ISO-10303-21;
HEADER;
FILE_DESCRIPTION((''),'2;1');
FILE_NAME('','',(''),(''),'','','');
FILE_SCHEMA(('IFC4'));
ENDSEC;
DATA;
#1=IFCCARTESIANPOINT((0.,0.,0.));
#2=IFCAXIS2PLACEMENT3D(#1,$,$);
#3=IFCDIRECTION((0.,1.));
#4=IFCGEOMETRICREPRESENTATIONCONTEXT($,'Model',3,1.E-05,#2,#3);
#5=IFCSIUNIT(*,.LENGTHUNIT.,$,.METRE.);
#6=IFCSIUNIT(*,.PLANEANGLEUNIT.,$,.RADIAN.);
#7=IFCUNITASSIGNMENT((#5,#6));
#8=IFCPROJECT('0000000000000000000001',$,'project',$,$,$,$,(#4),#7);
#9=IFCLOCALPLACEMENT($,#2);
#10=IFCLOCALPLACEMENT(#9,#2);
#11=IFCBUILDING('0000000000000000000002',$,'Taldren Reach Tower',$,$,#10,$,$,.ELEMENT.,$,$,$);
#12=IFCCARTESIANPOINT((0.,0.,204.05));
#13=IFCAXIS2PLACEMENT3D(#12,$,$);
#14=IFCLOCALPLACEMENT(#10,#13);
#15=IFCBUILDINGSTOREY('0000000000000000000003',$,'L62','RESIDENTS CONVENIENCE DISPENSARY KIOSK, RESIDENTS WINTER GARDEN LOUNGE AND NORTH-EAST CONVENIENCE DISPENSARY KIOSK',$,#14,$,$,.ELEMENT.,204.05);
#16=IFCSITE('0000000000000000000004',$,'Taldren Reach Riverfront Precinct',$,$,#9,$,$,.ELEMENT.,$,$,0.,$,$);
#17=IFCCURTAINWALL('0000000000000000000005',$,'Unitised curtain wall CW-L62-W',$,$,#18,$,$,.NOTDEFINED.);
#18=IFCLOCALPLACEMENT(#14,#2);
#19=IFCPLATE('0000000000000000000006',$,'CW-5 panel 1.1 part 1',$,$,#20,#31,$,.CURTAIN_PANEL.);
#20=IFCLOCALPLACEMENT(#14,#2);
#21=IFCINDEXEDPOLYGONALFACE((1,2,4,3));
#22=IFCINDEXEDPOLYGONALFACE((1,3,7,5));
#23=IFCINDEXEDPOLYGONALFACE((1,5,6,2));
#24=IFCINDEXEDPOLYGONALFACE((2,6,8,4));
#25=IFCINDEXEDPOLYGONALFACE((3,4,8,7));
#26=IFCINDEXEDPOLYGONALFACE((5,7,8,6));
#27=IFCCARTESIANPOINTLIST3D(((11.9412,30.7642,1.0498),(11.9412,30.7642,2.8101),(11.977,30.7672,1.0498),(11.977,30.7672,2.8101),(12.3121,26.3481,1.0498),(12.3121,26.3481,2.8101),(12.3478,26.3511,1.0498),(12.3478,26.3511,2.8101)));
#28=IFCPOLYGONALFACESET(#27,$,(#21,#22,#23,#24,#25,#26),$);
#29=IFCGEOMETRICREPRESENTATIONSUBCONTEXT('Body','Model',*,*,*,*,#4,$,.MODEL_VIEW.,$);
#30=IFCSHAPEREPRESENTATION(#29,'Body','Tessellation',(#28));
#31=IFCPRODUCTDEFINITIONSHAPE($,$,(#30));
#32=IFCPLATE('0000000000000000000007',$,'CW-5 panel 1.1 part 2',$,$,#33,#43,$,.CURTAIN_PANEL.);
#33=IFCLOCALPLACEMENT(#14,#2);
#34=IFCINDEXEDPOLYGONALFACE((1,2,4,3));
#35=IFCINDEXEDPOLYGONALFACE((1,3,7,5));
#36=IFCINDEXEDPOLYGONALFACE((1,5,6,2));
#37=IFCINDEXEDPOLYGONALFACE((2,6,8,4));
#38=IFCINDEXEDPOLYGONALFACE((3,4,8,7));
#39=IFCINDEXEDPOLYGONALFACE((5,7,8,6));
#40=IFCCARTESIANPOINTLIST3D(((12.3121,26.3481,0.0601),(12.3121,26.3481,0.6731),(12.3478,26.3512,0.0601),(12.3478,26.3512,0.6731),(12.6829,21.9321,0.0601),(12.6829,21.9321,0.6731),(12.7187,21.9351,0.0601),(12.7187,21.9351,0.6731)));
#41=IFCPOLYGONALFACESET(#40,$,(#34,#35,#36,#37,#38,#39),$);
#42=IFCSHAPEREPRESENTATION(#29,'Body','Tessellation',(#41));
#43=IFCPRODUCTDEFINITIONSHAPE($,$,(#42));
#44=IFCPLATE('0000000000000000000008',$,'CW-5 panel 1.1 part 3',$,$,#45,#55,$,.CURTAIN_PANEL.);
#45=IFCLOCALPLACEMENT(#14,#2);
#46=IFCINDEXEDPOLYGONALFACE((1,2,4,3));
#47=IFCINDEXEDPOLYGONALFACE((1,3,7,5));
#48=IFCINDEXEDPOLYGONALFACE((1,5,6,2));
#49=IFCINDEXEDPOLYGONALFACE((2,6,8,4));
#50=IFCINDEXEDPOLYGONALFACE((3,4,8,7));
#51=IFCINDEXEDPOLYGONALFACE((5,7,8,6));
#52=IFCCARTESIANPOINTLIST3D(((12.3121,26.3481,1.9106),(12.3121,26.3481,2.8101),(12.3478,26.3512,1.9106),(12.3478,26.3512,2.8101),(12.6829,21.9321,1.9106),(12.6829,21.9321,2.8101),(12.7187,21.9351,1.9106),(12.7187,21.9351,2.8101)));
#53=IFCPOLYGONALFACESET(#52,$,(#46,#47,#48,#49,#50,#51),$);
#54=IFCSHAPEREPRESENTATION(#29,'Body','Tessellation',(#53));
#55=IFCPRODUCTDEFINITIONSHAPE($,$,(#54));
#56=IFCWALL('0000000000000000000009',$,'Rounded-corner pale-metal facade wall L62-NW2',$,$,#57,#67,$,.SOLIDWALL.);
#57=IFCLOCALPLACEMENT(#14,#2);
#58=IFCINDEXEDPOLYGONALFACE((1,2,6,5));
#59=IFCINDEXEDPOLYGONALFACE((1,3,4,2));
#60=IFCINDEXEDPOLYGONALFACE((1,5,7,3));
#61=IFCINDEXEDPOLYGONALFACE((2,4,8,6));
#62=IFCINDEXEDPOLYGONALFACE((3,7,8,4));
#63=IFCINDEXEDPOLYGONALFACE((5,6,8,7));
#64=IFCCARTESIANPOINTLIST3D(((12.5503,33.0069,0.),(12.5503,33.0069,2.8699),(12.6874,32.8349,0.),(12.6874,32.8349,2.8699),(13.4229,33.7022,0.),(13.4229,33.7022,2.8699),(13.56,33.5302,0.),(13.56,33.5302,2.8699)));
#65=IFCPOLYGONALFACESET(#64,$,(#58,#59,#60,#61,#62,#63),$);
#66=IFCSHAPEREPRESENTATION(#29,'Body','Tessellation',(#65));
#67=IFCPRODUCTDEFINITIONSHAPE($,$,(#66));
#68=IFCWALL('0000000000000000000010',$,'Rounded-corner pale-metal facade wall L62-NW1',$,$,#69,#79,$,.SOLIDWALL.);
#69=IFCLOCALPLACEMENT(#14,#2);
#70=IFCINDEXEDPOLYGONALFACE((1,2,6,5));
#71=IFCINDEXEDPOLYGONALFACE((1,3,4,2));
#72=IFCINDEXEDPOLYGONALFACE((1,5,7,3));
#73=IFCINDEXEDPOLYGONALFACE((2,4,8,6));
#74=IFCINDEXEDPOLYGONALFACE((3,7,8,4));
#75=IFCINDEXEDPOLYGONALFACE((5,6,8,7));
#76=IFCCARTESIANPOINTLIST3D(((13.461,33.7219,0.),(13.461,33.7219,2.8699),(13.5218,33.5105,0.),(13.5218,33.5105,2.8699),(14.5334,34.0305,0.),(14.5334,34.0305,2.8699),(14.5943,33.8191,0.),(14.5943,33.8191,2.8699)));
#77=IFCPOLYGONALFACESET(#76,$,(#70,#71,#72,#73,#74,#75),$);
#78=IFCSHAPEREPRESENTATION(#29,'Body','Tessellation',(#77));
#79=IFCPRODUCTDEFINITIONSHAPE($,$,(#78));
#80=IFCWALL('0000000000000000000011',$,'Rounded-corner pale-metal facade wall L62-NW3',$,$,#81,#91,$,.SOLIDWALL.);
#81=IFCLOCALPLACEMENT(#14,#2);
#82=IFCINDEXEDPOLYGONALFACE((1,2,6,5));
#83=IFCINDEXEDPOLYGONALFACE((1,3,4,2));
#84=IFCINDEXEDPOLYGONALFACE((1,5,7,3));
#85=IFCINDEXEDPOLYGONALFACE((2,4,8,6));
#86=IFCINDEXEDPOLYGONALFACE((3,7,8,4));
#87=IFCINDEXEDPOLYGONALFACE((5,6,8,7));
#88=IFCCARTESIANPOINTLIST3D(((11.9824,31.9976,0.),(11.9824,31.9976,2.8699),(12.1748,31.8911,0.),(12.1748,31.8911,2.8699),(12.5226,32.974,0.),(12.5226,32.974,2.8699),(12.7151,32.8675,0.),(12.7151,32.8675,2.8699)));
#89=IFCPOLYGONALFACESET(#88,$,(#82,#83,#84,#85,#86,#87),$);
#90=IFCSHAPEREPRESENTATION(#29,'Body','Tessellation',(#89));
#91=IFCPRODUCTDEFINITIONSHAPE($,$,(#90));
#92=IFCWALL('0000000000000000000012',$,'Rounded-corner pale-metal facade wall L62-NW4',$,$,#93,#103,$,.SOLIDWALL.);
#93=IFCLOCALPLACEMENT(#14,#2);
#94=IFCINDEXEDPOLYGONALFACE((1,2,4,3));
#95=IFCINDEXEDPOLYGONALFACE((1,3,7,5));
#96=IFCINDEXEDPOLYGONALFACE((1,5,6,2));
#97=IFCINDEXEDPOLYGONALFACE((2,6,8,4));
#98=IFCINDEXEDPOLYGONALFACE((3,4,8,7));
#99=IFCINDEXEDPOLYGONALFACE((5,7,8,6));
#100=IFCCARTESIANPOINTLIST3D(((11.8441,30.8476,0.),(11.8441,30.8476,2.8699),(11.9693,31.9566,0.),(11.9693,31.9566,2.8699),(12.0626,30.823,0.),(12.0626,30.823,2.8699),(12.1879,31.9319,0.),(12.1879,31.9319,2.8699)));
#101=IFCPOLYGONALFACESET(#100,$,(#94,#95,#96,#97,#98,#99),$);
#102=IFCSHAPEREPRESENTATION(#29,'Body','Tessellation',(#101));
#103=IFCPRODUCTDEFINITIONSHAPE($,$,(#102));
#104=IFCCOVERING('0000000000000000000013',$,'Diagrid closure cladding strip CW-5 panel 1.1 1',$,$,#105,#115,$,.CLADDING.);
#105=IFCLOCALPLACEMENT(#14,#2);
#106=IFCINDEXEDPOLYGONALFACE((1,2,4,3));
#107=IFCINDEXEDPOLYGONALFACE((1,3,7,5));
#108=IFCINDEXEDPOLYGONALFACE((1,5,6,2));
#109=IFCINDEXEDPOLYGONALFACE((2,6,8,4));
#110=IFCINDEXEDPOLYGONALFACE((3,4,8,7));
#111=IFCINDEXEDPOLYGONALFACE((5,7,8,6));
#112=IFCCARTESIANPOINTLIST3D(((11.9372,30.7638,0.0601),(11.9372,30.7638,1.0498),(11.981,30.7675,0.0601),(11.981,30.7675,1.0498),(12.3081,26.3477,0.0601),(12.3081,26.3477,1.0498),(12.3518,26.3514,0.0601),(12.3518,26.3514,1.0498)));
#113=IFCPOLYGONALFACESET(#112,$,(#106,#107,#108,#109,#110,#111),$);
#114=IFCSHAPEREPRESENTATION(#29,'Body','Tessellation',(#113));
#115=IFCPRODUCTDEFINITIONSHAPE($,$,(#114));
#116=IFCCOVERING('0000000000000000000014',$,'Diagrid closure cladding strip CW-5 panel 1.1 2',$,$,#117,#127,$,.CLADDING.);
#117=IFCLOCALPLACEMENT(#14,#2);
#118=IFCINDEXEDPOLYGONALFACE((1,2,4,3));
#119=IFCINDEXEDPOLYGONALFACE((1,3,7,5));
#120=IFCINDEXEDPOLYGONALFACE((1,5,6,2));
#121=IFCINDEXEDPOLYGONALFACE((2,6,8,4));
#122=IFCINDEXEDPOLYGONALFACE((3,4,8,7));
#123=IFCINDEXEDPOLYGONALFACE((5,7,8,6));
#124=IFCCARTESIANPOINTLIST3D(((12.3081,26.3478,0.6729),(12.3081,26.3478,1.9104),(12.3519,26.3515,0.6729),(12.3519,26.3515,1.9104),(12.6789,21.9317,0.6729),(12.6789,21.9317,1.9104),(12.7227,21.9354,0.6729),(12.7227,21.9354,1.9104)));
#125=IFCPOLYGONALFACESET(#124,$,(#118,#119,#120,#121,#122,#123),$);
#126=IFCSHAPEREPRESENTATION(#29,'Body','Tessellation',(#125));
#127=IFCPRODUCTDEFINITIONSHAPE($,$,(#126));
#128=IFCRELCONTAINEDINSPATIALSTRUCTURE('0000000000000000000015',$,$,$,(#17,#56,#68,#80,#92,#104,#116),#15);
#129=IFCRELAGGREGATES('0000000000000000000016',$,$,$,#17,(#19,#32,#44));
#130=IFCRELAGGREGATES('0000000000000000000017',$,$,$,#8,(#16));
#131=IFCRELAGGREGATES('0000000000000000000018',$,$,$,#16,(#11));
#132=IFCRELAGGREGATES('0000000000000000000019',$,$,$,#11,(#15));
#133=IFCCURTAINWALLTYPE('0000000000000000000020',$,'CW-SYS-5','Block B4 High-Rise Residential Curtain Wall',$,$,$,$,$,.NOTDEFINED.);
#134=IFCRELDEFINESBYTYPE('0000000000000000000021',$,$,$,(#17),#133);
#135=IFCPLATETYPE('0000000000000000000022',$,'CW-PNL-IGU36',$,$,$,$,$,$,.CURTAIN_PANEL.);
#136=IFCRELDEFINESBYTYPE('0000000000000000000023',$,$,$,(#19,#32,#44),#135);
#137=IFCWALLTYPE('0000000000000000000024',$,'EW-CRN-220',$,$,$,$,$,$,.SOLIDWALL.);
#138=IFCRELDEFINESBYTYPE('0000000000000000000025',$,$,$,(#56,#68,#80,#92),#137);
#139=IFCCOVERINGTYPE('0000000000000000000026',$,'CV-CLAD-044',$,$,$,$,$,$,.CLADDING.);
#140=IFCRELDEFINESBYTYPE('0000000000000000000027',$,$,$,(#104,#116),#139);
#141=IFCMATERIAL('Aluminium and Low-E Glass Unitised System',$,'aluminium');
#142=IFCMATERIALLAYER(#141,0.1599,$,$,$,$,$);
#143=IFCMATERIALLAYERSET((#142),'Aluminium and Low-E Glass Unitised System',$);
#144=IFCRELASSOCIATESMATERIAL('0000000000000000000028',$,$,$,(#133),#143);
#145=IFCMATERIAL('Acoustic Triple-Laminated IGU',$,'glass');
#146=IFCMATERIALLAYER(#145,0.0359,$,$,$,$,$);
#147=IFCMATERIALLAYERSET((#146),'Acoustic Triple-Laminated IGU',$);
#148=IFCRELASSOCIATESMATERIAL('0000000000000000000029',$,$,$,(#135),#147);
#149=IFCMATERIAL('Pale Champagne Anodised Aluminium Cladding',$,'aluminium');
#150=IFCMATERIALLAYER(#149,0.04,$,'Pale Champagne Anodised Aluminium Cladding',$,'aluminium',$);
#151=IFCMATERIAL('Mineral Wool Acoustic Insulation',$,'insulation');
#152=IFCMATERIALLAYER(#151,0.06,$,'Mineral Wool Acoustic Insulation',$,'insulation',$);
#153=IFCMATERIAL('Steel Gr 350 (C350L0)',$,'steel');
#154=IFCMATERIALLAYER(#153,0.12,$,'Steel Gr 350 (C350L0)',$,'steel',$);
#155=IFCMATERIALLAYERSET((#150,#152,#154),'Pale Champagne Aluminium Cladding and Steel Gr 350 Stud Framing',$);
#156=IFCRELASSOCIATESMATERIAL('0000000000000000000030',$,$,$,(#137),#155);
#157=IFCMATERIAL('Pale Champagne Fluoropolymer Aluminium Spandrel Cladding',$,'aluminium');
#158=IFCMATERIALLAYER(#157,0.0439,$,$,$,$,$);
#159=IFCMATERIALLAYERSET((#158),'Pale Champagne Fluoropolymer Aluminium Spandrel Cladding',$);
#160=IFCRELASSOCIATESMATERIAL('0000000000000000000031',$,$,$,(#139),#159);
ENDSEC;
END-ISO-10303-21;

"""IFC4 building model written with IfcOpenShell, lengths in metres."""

from ifc_helpers import new_model, si_unit, direction, frame, frame_2d, origin, origin_2d, place, context, subcontext, project, spatial, rectangle, extrude, source, transform, mapped, material, layer, layer_set, type_object, element, aggregate, save


model = new_model("IFC4")

# Units and contexts
model_context = context("Model", 3, precision=1e-05, world=origin(), true_north=direction((0.0, 1.0)))
body_context = subcontext(model_context, "Body", "Model", "MODEL_VIEW")
ifc_project = project(units=[si_unit("LENGTHUNIT", "METRE"), si_unit("PLANEANGLEUNIT", "RADIAN")], contexts=[model_context])

# Site, building, storey
site_placement = place(None, origin())
site = spatial("IfcSite", under=ifc_project, at=site_placement, Name="Taldren Reach Riverfront Precinct", CompositionType="ELEMENT", RefElevation=0.0)
building_placement = place(site_placement, origin())
building = spatial("IfcBuilding", under=site, at=building_placement, Name="Taldren Reach Tower", CompositionType="ELEMENT")
storey_placement = place(building_placement, frame((0.0, 0.0, 204.05)))
storey = spatial("IfcBuildingStorey", under=building, at=storey_placement, Name="L62", Description="RESIDENTS CONVENIENCE DISPENSARY KIOSK, RESIDENTS WINTER GARDEN LOUNGE AND NORTH-EAST CONVENIENCE DISPENSARY KIOSK", CompositionType="ELEMENT", Elevation=204.05)

# Shared definitions
ifc_material_1 = material(Name="Steel Gr 350 (C350L0)", Category="steel")

# Shared definitions
ifc_material_2 = material(Name="Aluminium and Low-E Glass Unitised System", Category="aluminium")
ifc_layer_1 = layer(ifc_material_2, 0.1599)
ifc_layer_set_1 = layer_set([ifc_layer_1], Name="Aluminium and Low-E Glass Unitised System")
curtain_wall_type = type_object("IfcCurtainWallType", Name="CW-SYS-5", Description="Block B4 High-Rise Residential Curtain Wall", PredefinedType="NOTDEFINED", material=ifc_layer_set_1)

# Curtain wall
curtain_wall_1_placement = place(storey_placement, origin())
curtain_wall_1 = element("IfcCurtainWall", 1, at=curtain_wall_1_placement, inside=storey, type_object=curtain_wall_type, Name="Unitised curtain wall CW-L62-W", PredefinedType="NOTDEFINED")

# Plates
ifc_material_3 = material(Name="Acoustic Triple-Laminated IGU", Category="glass")
ifc_layer_2 = layer(ifc_material_3, 0.0359)
ifc_layer_set_2 = layer_set([ifc_layer_2], Name="Acoustic Triple-Laminated IGU")
plate_type_1 = type_object("IfcPlateType", Name="CW-PNL-IGU36", PredefinedType="CURTAIN_PANEL", material=ifc_layer_set_2)
shared_shape_1 = source(origin(), body_context, "Body", "SweptSolid", [
    extrude(rectangle(XDim=4.4316, YDim=0.0359, at=origin_2d()), origin(), (0.0, 0.0, 1.0), 1.7603),
])
plate_1_placement = place(storey_placement, frame((12.1445, 28.5576, 1.0498), z_axis=(0.0, 0.0, 1.0), x_axis=(0.083678, -0.996493, 0.0)))
plate_1 = element("IfcPlate", 2, at=plate_1_placement, type_object=plate_type_1, Name="CW-5 panel 1.1 part 1", PredefinedType="CURTAIN_PANEL", context=body_context, shape_type="MappedRepresentation", body=[
    mapped(shared_shape_1, transform((0.0, 0.0, 0.0), scale=1.0)),
])
shared_shape_2 = source(origin(), body_context, "Body", "SweptSolid", [
    extrude(rectangle(XDim=4.4316, YDim=0.0359, at=origin_2d()), origin(), (0.0, 0.0, 1.0), 0.613),
])
plate_2_placement = place(storey_placement, frame((12.5154, 24.1416, 0.0601), z_axis=(0.0, 0.0, 1.0), x_axis=(0.083678, -0.996493, 0.0)))
plate_2 = element("IfcPlate", 3, at=plate_2_placement, type_object=plate_type_1, Name="CW-5 panel 1.1 part 2", PredefinedType="CURTAIN_PANEL", context=body_context, shape_type="MappedRepresentation", body=[
    mapped(shared_shape_2, transform((0.0, 0.0, 0.0), scale=1.0)),
])
shared_shape_3 = source(origin(), body_context, "Body", "SweptSolid", [
    extrude(rectangle(XDim=4.4316, YDim=0.0359, at=origin_2d()), origin(), (0.0, 0.0, 1.0), 0.8994),
])
plate_3_placement = place(storey_placement, frame((12.5154, 24.1416, 1.9106), z_axis=(0.0, 0.0, 1.0), x_axis=(0.083678, -0.996493, 0.0)))
plate_3 = element("IfcPlate", 4, at=plate_3_placement, type_object=plate_type_1, Name="CW-5 panel 1.1 part 3", PredefinedType="CURTAIN_PANEL", context=body_context, shape_type="MappedRepresentation", body=[
    mapped(shared_shape_3, transform((0.0, 0.0, 0.0), scale=1.0)),
])
aggregate(curtain_wall_1, [plate_1, plate_2, plate_3])

# Walls
ifc_material_4 = material(Name="Pale Champagne Anodised Aluminium Cladding", Category="aluminium")
ifc_layer_3 = layer(ifc_material_4, 0.04, Name="Pale Champagne Anodised Aluminium Cladding", Category="aluminium")
ifc_material_5 = material(Name="Mineral Wool Acoustic Insulation", Category="insulation")
ifc_layer_4 = layer(ifc_material_5, 0.06, Name="Mineral Wool Acoustic Insulation", Category="insulation")
ifc_layer_5 = layer(ifc_material_1, 0.12, Name="Steel Gr 350 (C350L0)", Category="steel")
ifc_layer_set_3 = layer_set([ifc_layer_3, ifc_layer_4, ifc_layer_5], Name="Pale Champagne Aluminium Cladding and Steel Gr 350 Stud Framing")
wall_type = type_object("IfcWallType", Name="EW-CRN-220", PredefinedType="SOLIDWALL", material=ifc_layer_set_3)
shared_shape_4 = source(origin(), body_context, "Body", "SweptSolid", [
    extrude(rectangle(XDim=1.1157, YDim=0.22, at=frame_2d((0.5579, 0.0))), origin(), (0.0, 0.0, 1.0), 2.8699),
])
wall_placement = place(storey_placement, frame((13.4915, 33.6162, 0.0), z_axis=(0.0, 0.0, 1.0), x_axis=(-0.782063, -0.6232, 0.0)))
element("IfcWall", 5, at=wall_placement, inside=storey, type_object=wall_type, Name="Rounded-corner pale-metal facade wall L62-NW2", PredefinedType="SOLIDWALL", context=body_context, shape_type="MappedRepresentation", body=[
    mapped(shared_shape_4, transform((0.0, 0.0, 0.0), scale=1.0)),
])
shared_shape_5 = source(origin(), body_context, "Body", "SweptSolid", [
    extrude(rectangle(XDim=1.116, YDim=0.22, at=frame_2d((0.5581, 0.0))), origin(), (0.0, 0.0, 1.0), 2.8699),
])
for number, where, z_axis, x_axis, name in (
    (6, (14.564, 33.9248, 0.0), (0.0, 0.0, 1.0), (-0.96101, -0.276512, 0.0), "Rounded-corner pale-metal facade wall L62-NW1"),
    (7, (12.6189, 32.9209, 0.0), (0.0, 0.0, 1.0), (-0.484101, -0.875012, 0.0), "Rounded-corner pale-metal facade wall L62-NW3"),
    (8, (12.0786, 31.9443, 0.0), (0.0, 0.0, 1.0), (-0.112232, -0.993682, 0.0), "Rounded-corner pale-metal facade wall L62-NW4"),
):
    element("IfcWall", number, at=place(storey_placement, frame(where, z_axis=z_axis, x_axis=x_axis)), inside=storey, type_object=wall_type, Name=name, PredefinedType="SOLIDWALL", context=body_context, shape_type="MappedRepresentation", body=[
        mapped(shared_shape_5, transform((0.0, 0.0, 0.0), scale=1.0)),
    ])

# Coverings
ifc_material_6 = material(Name="Pale Champagne Fluoropolymer Aluminium Spandrel Cladding", Category="aluminium")
ifc_layer_6 = layer(ifc_material_6, 0.0439)
ifc_layer_set_4 = layer_set([ifc_layer_6], Name="Pale Champagne Fluoropolymer Aluminium Spandrel Cladding")
covering_type = type_object("IfcCoveringType", Name="CV-CLAD-044", PredefinedType="CLADDING", material=ifc_layer_set_4)
shared_shape_6 = source(origin(), body_context, "Body", "SweptSolid", [
    extrude(rectangle(XDim=4.4316, YDim=0.0439, at=origin_2d()), origin(), (0.0, 0.0, 1.0), 0.9897),
])
covering_1_placement = place(storey_placement, frame((12.1445, 28.5576, 0.0601), z_axis=(0.0, 0.0, 1.0), x_axis=(0.083678, -0.996493, 0.0)))
element("IfcCovering", 9, at=covering_1_placement, inside=storey, type_object=covering_type, Name="Diagrid closure cladding strip CW-5 panel 1.1 1", PredefinedType="CLADDING", context=body_context, shape_type="MappedRepresentation", body=[
    mapped(shared_shape_6, transform((0.0, 0.0, 0.0), scale=1.0)),
])
shared_shape_7 = source(origin(), body_context, "Body", "SweptSolid", [
    extrude(rectangle(XDim=4.4316, YDim=0.0439, at=origin_2d()), origin(), (0.0, 0.0, 1.0), 1.2375),
])
covering_2_placement = place(storey_placement, frame((12.5154, 24.1416, 0.6729), z_axis=(0.0, 0.0, 1.0), x_axis=(0.083678, -0.996493, 0.0)))
element("IfcCovering", 10, at=covering_2_placement, inside=storey, type_object=covering_type, Name="Diagrid closure cladding strip CW-5 panel 1.1 2", PredefinedType="CLADDING", context=body_context, shape_type="MappedRepresentation", body=[
    mapped(shared_shape_7, transform((0.0, 0.0, 0.0), scale=1.0)),
])

save(model, "model.ifc")
